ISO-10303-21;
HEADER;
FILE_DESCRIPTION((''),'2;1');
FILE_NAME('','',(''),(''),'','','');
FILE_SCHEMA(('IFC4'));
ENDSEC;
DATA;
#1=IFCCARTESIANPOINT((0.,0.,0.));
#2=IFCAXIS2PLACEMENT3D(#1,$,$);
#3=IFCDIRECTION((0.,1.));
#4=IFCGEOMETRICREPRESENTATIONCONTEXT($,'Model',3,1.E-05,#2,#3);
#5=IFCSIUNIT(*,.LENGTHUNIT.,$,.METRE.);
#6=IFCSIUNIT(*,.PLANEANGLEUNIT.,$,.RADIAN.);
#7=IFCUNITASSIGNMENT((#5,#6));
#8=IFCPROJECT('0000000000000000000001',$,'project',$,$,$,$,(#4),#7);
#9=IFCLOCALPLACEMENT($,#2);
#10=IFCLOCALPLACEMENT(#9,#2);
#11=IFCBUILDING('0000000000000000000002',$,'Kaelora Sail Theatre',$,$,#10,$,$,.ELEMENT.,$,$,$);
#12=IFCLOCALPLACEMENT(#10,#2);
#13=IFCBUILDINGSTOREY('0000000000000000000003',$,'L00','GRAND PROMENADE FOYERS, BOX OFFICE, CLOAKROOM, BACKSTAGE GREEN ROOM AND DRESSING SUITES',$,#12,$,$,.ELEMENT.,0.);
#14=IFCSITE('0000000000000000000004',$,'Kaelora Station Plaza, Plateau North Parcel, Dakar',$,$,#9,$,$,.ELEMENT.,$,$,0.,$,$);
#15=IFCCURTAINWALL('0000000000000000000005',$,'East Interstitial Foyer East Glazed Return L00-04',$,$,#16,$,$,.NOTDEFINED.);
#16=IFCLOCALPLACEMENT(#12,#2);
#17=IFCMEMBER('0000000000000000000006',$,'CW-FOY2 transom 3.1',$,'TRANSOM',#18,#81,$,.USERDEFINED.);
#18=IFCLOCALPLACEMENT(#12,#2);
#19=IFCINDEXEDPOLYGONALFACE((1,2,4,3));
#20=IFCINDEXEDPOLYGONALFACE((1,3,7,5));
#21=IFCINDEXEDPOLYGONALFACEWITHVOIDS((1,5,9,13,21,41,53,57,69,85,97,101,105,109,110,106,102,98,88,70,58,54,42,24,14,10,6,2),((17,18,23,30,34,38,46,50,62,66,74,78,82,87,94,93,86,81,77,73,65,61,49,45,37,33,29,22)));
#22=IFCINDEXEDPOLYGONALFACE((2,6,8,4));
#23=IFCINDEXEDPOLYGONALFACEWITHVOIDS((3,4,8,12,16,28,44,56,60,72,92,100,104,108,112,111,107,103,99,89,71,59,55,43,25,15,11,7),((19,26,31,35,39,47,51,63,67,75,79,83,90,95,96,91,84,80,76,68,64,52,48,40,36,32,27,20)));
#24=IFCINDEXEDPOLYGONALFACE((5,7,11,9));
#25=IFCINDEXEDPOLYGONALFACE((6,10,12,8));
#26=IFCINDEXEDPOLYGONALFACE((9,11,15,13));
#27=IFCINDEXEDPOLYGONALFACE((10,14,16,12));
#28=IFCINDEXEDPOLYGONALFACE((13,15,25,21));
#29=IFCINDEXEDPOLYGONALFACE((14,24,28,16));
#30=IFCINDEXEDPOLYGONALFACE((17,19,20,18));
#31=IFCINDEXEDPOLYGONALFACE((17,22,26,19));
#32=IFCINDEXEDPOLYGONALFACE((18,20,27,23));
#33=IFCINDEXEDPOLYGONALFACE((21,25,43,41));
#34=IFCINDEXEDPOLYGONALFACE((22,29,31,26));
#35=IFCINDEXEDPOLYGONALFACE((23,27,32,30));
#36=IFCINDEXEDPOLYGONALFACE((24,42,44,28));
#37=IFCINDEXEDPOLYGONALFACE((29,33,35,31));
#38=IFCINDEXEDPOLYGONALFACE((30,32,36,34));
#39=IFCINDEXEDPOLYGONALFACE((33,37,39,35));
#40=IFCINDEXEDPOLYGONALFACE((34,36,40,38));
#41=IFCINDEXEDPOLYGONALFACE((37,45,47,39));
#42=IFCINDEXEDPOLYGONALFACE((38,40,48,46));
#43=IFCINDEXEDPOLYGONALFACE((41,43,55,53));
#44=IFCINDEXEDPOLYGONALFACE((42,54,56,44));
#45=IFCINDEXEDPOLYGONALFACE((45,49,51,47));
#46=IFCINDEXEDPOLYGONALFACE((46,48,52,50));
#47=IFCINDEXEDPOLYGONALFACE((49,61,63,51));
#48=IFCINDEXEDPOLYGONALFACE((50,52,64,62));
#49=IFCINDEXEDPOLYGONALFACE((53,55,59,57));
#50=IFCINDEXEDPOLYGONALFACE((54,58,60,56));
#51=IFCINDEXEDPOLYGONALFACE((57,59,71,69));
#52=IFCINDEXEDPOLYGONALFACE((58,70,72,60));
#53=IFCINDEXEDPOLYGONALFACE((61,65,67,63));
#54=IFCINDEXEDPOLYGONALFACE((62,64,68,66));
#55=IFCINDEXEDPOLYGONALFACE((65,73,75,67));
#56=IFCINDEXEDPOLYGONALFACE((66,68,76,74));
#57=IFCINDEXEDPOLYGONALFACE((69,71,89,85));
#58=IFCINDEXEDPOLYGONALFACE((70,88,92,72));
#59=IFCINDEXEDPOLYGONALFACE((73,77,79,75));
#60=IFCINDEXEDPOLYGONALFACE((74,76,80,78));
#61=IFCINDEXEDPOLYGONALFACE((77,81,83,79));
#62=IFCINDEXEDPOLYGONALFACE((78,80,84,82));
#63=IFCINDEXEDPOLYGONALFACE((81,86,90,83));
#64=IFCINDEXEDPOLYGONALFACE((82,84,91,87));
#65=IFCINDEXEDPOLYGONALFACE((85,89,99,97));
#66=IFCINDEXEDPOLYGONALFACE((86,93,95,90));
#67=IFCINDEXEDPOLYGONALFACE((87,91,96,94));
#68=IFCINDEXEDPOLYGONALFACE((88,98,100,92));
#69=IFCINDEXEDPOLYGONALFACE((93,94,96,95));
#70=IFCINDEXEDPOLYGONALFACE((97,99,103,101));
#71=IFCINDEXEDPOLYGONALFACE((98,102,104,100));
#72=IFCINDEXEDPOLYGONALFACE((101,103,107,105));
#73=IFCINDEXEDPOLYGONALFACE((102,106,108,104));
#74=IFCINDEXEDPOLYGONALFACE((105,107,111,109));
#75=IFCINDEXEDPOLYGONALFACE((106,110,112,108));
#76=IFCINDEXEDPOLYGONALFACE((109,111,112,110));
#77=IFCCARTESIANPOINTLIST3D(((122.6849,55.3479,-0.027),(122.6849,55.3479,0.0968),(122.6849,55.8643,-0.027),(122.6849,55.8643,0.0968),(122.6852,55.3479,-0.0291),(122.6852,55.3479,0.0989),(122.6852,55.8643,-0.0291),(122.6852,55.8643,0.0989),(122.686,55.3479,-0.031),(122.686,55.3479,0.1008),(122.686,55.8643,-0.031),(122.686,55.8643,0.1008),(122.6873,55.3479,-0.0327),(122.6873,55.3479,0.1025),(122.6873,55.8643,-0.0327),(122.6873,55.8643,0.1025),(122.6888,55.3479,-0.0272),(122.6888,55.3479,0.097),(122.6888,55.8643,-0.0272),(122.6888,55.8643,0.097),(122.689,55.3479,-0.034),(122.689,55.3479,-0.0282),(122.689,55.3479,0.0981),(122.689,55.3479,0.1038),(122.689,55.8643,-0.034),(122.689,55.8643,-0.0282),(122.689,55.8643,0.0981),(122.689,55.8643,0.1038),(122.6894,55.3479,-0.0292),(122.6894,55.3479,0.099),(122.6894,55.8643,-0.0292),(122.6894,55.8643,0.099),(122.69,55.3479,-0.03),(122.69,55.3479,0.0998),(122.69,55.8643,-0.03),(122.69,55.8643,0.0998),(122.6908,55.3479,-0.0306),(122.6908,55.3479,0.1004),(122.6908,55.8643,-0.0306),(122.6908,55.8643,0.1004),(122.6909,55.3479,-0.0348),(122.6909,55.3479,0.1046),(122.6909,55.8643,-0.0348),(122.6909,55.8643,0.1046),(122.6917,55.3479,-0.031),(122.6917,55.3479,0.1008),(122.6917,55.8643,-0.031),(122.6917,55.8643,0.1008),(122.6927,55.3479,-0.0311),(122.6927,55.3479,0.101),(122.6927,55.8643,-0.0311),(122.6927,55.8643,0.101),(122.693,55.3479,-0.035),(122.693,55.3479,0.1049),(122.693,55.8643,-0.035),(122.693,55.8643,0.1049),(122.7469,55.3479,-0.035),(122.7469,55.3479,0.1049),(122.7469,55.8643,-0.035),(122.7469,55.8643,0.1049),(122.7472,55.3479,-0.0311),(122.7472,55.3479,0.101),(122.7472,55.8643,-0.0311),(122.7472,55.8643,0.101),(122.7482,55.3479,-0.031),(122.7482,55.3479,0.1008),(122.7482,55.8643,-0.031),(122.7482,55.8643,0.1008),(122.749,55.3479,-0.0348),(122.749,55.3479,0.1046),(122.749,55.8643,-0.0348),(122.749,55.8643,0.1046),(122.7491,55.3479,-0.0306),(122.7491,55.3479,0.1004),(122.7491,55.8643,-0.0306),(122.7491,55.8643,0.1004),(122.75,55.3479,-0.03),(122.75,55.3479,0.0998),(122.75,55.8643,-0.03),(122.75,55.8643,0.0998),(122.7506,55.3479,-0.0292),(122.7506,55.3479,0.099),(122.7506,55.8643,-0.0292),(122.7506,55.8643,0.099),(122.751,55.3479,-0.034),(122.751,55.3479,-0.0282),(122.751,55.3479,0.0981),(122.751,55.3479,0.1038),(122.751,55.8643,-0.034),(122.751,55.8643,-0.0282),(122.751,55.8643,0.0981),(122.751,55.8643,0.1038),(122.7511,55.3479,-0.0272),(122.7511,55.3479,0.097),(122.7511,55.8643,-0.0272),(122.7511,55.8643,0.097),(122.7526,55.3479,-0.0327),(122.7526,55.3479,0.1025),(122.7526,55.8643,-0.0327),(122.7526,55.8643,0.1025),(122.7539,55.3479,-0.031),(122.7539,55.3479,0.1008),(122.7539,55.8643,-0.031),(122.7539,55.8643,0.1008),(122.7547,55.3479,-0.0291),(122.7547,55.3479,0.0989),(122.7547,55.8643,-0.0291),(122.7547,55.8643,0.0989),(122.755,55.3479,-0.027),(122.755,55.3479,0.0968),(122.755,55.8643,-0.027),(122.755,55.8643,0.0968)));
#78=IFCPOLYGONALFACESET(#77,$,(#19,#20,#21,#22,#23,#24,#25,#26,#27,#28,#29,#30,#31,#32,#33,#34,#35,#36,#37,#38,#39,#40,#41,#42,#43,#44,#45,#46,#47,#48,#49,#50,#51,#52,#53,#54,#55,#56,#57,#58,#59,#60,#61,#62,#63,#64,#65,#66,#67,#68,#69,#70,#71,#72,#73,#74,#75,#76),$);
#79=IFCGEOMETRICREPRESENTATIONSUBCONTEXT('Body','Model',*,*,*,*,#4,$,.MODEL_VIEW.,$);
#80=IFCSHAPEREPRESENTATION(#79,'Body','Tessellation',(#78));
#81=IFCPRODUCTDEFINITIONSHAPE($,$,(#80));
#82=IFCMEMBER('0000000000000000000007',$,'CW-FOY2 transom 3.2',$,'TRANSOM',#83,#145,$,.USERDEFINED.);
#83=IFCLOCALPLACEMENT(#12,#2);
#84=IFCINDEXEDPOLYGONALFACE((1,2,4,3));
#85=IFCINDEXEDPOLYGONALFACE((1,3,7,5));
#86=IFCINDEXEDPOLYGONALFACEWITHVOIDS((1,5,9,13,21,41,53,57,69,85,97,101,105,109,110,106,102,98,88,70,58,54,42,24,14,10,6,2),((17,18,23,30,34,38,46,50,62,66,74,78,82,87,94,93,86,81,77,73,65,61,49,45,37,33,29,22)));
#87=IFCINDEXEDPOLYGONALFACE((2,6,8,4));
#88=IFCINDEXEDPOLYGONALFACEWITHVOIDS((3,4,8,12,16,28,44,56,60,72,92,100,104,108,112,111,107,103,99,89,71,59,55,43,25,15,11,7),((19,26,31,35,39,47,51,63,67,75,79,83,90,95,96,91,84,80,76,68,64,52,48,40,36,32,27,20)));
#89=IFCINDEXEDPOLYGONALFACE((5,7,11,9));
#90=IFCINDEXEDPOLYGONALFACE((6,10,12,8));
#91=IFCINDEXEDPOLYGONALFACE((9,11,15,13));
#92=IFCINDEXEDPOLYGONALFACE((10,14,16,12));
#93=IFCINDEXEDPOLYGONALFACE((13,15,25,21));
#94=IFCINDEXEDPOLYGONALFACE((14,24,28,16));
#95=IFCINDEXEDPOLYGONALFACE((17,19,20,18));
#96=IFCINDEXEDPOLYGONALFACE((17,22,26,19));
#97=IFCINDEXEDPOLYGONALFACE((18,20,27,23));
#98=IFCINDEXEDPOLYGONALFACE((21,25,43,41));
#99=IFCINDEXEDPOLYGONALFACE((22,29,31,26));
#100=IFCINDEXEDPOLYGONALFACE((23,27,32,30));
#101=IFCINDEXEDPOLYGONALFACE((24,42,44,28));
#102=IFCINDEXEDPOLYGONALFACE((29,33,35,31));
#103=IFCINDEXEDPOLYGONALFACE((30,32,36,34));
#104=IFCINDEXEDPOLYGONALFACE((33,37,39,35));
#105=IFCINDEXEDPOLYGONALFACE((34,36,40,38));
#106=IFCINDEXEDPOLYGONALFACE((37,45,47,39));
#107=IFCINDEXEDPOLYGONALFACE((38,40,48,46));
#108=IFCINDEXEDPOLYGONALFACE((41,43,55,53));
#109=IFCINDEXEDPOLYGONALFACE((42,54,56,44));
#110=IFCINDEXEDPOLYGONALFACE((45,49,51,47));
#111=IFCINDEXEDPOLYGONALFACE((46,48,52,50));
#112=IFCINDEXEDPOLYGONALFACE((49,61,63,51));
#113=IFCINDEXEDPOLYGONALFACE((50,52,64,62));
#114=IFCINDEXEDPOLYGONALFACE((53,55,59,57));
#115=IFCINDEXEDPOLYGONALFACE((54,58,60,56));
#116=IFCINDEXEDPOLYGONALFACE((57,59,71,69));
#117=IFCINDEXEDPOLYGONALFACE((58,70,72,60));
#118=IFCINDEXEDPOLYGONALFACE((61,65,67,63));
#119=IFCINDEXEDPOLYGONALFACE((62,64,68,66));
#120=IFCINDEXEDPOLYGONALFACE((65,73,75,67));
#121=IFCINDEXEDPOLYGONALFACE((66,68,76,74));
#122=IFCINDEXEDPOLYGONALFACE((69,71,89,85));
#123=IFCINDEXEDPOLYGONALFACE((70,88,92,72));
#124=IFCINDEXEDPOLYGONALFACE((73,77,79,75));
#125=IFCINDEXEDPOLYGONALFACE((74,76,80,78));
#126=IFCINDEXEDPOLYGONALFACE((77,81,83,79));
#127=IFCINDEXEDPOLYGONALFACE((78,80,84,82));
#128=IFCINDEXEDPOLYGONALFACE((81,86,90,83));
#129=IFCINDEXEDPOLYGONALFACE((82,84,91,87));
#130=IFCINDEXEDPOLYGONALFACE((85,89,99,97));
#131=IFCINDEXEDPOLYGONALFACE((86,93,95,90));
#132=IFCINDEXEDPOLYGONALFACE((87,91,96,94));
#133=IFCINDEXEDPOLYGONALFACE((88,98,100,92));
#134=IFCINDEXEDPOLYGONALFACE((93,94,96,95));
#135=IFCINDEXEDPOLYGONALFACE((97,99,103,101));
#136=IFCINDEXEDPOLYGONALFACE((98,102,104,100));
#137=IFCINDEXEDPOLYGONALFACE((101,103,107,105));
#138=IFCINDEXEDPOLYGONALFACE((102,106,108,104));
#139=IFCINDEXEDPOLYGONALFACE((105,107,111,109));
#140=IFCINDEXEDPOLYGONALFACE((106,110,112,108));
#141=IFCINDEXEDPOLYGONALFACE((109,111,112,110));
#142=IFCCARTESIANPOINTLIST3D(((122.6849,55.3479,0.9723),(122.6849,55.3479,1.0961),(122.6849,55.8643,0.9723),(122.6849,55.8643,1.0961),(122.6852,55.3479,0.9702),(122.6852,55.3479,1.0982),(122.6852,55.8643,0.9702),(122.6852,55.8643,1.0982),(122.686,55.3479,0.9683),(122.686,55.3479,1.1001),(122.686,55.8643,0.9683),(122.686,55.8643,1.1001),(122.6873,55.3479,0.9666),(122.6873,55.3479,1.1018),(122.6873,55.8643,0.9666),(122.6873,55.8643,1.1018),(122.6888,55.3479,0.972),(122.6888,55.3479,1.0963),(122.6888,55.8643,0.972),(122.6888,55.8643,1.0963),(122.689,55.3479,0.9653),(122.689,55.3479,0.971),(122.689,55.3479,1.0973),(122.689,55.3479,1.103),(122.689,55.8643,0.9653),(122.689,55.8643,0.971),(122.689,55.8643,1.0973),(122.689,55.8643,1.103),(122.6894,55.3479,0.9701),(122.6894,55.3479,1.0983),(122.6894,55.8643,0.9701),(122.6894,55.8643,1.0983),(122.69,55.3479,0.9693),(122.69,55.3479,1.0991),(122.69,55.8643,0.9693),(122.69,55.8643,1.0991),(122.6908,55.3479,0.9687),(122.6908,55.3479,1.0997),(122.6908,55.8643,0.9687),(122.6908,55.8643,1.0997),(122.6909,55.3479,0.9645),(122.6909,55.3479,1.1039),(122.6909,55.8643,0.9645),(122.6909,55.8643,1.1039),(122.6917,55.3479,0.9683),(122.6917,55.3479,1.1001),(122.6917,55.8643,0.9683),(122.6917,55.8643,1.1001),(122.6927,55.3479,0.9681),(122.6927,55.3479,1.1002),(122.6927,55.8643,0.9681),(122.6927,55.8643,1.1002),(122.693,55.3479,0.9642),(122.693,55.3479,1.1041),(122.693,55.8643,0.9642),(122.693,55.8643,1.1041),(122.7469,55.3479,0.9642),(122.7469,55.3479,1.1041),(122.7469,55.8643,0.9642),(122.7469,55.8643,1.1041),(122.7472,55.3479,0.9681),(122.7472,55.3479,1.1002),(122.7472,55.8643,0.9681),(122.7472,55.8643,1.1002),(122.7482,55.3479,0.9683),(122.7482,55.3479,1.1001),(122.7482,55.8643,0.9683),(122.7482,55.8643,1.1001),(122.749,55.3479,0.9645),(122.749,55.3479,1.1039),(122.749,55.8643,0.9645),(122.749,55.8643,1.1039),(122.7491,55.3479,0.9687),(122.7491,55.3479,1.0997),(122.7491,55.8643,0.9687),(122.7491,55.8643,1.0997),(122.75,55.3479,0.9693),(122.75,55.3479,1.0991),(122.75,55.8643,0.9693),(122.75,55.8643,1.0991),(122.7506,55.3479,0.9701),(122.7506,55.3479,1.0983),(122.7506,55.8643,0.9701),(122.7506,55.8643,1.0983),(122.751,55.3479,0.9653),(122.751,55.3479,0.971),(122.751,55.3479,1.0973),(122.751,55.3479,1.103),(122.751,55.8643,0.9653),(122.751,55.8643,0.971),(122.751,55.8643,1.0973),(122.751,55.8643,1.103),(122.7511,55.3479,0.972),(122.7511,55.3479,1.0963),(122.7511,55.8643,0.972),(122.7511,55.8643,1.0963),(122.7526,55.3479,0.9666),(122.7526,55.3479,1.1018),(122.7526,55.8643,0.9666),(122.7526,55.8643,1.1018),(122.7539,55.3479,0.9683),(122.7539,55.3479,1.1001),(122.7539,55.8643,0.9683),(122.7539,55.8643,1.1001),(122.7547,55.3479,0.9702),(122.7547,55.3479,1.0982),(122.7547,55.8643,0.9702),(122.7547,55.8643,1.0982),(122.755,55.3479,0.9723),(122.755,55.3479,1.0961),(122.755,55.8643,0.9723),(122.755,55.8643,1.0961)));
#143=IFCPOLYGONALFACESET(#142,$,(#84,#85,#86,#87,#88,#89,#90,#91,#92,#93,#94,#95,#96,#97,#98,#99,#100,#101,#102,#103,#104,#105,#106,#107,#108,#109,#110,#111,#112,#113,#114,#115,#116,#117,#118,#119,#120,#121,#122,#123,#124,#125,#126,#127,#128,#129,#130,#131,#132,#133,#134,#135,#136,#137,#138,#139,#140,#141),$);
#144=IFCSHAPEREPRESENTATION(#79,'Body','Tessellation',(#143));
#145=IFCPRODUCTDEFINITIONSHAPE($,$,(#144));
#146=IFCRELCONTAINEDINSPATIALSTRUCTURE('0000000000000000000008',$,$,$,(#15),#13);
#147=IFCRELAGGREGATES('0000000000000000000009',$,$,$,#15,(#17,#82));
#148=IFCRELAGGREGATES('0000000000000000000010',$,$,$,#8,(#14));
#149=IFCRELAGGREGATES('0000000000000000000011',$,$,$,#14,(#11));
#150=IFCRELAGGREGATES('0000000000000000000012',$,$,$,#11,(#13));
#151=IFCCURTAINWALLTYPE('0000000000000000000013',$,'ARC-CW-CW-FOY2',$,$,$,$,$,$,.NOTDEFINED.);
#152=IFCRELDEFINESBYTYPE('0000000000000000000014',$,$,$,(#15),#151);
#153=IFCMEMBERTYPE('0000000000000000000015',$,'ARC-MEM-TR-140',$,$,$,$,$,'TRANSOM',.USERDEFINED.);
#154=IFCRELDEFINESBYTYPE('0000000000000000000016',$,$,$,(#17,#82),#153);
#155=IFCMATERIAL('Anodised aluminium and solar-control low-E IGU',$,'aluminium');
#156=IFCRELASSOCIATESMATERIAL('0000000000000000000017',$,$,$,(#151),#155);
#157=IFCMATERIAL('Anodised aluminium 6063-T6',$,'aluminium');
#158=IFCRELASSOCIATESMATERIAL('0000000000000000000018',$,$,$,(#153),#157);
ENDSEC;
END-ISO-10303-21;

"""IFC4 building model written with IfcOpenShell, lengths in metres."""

from ifc_helpers import new_model, si_unit, direction, frame, origin, origin_2d, place, context, subcontext, project, spatial, hollow_rectangle, extrude, material, material_profile, profile_set, type_object, element, aggregate, save


model = new_model("IFC4")

# Units and contexts
model_context = context("Model", 3, precision=1e-05, world=origin(), true_north=direction((0.0, 1.0)))
body_context = subcontext(model_context, "Body", "Model", "MODEL_VIEW")
ifc_project = project(units=[si_unit("LENGTHUNIT", "METRE"), si_unit("PLANEANGLEUNIT", "RADIAN")], contexts=[model_context])

# Site, building, storey
site_placement = place(None, origin())
site = spatial("IfcSite", under=ifc_project, at=site_placement, Name="Kaelora Station Plaza, Plateau North Parcel, Dakar", CompositionType="ELEMENT", RefElevation=0.0)
building_placement = place(site_placement, origin())
building = spatial("IfcBuilding", under=site, at=building_placement, Name="Kaelora Sail Theatre", CompositionType="ELEMENT")
storey_placement = place(building_placement, origin())
storey = spatial("IfcBuildingStorey", under=building, at=storey_placement, Name="L00", Description="GRAND PROMENADE FOYERS, BOX OFFICE, CLOAKROOM, BACKSTAGE GREEN ROOM AND DRESSING SUITES", CompositionType="ELEMENT", Elevation=0.0)

# Curtain wall, members
ifc_material_1 = material(Name="Anodised aluminium and solar-control low-E IGU", Category="aluminium")
curtain_wall_type = type_object("IfcCurtainWallType", Name="ARC-CW-CW-FOY2", PredefinedType="NOTDEFINED", material=ifc_material_1)
curtain_wall_placement = place(storey_placement, origin())
curtain_wall = element("IfcCurtainWall", 1, at=curtain_wall_placement, inside=storey, type_object=curtain_wall_type, Name="East Interstitial Foyer East Glazed Return L00-04", PredefinedType="NOTDEFINED")
ifc_material_2 = material(Name="Anodised aluminium 6063-T6", Category="aluminium")
ifc_material_profile_1 = material_profile(ifc_material_2, hollow_rectangle(XDim=0.0701, YDim=0.1399, WallThickness=0.0039, InnerFilletRadius=0.0039, OuterFilletRadius=0.0081, at=origin_2d()), Name="ALU-TRAN 70x140x4")
ifc_profile_set_1 = profile_set([ifc_material_profile_1], Name="Anodised aluminium 6063-T6")
member_type_1 = type_object("IfcMemberType", Name="ARC-MEM-TR-140", ElementType="TRANSOM", PredefinedType="USERDEFINED", material=ifc_profile_set_1)
member_1_placement = place(storey_placement, frame((122.72, 55.3479, 0.0349), z_axis=(0.0, 1.0, 0.0), x_axis=(-1.0, 0.0, 0.0)))
member_1 = element("IfcMember", 2, at=member_1_placement, type_object=member_type_1, Name="CW-FOY2 transom 3.1", ObjectType="TRANSOM", PredefinedType="USERDEFINED", context=body_context, shape_type="SweptSolid", body=[
    extrude(hollow_rectangle(XDim=0.0701, YDim=0.1399, WallThickness=0.0039, InnerFilletRadius=0.0039, OuterFilletRadius=0.0081, at=origin_2d()), origin(), (0.0, 0.0, 1.0), 0.5164),
])
member_2_placement = place(storey_placement, frame((122.72, 55.3479, 1.0342), z_axis=(0.0, 1.0, 0.0), x_axis=(-1.0, 0.0, 0.0)))
member_2 = element("IfcMember", 3, at=member_2_placement, type_object=member_type_1, Name="CW-FOY2 transom 3.2", ObjectType="TRANSOM", PredefinedType="USERDEFINED", context=body_context, shape_type="SweptSolid", body=[
    extrude(hollow_rectangle(XDim=0.0701, YDim=0.1399, WallThickness=0.0039, InnerFilletRadius=0.0039, OuterFilletRadius=0.0081, at=origin_2d()), origin(), (0.0, 0.0, 1.0), 0.5164),
])
aggregate(curtain_wall, [member_1, member_2])

save(model, "model.ifc")
